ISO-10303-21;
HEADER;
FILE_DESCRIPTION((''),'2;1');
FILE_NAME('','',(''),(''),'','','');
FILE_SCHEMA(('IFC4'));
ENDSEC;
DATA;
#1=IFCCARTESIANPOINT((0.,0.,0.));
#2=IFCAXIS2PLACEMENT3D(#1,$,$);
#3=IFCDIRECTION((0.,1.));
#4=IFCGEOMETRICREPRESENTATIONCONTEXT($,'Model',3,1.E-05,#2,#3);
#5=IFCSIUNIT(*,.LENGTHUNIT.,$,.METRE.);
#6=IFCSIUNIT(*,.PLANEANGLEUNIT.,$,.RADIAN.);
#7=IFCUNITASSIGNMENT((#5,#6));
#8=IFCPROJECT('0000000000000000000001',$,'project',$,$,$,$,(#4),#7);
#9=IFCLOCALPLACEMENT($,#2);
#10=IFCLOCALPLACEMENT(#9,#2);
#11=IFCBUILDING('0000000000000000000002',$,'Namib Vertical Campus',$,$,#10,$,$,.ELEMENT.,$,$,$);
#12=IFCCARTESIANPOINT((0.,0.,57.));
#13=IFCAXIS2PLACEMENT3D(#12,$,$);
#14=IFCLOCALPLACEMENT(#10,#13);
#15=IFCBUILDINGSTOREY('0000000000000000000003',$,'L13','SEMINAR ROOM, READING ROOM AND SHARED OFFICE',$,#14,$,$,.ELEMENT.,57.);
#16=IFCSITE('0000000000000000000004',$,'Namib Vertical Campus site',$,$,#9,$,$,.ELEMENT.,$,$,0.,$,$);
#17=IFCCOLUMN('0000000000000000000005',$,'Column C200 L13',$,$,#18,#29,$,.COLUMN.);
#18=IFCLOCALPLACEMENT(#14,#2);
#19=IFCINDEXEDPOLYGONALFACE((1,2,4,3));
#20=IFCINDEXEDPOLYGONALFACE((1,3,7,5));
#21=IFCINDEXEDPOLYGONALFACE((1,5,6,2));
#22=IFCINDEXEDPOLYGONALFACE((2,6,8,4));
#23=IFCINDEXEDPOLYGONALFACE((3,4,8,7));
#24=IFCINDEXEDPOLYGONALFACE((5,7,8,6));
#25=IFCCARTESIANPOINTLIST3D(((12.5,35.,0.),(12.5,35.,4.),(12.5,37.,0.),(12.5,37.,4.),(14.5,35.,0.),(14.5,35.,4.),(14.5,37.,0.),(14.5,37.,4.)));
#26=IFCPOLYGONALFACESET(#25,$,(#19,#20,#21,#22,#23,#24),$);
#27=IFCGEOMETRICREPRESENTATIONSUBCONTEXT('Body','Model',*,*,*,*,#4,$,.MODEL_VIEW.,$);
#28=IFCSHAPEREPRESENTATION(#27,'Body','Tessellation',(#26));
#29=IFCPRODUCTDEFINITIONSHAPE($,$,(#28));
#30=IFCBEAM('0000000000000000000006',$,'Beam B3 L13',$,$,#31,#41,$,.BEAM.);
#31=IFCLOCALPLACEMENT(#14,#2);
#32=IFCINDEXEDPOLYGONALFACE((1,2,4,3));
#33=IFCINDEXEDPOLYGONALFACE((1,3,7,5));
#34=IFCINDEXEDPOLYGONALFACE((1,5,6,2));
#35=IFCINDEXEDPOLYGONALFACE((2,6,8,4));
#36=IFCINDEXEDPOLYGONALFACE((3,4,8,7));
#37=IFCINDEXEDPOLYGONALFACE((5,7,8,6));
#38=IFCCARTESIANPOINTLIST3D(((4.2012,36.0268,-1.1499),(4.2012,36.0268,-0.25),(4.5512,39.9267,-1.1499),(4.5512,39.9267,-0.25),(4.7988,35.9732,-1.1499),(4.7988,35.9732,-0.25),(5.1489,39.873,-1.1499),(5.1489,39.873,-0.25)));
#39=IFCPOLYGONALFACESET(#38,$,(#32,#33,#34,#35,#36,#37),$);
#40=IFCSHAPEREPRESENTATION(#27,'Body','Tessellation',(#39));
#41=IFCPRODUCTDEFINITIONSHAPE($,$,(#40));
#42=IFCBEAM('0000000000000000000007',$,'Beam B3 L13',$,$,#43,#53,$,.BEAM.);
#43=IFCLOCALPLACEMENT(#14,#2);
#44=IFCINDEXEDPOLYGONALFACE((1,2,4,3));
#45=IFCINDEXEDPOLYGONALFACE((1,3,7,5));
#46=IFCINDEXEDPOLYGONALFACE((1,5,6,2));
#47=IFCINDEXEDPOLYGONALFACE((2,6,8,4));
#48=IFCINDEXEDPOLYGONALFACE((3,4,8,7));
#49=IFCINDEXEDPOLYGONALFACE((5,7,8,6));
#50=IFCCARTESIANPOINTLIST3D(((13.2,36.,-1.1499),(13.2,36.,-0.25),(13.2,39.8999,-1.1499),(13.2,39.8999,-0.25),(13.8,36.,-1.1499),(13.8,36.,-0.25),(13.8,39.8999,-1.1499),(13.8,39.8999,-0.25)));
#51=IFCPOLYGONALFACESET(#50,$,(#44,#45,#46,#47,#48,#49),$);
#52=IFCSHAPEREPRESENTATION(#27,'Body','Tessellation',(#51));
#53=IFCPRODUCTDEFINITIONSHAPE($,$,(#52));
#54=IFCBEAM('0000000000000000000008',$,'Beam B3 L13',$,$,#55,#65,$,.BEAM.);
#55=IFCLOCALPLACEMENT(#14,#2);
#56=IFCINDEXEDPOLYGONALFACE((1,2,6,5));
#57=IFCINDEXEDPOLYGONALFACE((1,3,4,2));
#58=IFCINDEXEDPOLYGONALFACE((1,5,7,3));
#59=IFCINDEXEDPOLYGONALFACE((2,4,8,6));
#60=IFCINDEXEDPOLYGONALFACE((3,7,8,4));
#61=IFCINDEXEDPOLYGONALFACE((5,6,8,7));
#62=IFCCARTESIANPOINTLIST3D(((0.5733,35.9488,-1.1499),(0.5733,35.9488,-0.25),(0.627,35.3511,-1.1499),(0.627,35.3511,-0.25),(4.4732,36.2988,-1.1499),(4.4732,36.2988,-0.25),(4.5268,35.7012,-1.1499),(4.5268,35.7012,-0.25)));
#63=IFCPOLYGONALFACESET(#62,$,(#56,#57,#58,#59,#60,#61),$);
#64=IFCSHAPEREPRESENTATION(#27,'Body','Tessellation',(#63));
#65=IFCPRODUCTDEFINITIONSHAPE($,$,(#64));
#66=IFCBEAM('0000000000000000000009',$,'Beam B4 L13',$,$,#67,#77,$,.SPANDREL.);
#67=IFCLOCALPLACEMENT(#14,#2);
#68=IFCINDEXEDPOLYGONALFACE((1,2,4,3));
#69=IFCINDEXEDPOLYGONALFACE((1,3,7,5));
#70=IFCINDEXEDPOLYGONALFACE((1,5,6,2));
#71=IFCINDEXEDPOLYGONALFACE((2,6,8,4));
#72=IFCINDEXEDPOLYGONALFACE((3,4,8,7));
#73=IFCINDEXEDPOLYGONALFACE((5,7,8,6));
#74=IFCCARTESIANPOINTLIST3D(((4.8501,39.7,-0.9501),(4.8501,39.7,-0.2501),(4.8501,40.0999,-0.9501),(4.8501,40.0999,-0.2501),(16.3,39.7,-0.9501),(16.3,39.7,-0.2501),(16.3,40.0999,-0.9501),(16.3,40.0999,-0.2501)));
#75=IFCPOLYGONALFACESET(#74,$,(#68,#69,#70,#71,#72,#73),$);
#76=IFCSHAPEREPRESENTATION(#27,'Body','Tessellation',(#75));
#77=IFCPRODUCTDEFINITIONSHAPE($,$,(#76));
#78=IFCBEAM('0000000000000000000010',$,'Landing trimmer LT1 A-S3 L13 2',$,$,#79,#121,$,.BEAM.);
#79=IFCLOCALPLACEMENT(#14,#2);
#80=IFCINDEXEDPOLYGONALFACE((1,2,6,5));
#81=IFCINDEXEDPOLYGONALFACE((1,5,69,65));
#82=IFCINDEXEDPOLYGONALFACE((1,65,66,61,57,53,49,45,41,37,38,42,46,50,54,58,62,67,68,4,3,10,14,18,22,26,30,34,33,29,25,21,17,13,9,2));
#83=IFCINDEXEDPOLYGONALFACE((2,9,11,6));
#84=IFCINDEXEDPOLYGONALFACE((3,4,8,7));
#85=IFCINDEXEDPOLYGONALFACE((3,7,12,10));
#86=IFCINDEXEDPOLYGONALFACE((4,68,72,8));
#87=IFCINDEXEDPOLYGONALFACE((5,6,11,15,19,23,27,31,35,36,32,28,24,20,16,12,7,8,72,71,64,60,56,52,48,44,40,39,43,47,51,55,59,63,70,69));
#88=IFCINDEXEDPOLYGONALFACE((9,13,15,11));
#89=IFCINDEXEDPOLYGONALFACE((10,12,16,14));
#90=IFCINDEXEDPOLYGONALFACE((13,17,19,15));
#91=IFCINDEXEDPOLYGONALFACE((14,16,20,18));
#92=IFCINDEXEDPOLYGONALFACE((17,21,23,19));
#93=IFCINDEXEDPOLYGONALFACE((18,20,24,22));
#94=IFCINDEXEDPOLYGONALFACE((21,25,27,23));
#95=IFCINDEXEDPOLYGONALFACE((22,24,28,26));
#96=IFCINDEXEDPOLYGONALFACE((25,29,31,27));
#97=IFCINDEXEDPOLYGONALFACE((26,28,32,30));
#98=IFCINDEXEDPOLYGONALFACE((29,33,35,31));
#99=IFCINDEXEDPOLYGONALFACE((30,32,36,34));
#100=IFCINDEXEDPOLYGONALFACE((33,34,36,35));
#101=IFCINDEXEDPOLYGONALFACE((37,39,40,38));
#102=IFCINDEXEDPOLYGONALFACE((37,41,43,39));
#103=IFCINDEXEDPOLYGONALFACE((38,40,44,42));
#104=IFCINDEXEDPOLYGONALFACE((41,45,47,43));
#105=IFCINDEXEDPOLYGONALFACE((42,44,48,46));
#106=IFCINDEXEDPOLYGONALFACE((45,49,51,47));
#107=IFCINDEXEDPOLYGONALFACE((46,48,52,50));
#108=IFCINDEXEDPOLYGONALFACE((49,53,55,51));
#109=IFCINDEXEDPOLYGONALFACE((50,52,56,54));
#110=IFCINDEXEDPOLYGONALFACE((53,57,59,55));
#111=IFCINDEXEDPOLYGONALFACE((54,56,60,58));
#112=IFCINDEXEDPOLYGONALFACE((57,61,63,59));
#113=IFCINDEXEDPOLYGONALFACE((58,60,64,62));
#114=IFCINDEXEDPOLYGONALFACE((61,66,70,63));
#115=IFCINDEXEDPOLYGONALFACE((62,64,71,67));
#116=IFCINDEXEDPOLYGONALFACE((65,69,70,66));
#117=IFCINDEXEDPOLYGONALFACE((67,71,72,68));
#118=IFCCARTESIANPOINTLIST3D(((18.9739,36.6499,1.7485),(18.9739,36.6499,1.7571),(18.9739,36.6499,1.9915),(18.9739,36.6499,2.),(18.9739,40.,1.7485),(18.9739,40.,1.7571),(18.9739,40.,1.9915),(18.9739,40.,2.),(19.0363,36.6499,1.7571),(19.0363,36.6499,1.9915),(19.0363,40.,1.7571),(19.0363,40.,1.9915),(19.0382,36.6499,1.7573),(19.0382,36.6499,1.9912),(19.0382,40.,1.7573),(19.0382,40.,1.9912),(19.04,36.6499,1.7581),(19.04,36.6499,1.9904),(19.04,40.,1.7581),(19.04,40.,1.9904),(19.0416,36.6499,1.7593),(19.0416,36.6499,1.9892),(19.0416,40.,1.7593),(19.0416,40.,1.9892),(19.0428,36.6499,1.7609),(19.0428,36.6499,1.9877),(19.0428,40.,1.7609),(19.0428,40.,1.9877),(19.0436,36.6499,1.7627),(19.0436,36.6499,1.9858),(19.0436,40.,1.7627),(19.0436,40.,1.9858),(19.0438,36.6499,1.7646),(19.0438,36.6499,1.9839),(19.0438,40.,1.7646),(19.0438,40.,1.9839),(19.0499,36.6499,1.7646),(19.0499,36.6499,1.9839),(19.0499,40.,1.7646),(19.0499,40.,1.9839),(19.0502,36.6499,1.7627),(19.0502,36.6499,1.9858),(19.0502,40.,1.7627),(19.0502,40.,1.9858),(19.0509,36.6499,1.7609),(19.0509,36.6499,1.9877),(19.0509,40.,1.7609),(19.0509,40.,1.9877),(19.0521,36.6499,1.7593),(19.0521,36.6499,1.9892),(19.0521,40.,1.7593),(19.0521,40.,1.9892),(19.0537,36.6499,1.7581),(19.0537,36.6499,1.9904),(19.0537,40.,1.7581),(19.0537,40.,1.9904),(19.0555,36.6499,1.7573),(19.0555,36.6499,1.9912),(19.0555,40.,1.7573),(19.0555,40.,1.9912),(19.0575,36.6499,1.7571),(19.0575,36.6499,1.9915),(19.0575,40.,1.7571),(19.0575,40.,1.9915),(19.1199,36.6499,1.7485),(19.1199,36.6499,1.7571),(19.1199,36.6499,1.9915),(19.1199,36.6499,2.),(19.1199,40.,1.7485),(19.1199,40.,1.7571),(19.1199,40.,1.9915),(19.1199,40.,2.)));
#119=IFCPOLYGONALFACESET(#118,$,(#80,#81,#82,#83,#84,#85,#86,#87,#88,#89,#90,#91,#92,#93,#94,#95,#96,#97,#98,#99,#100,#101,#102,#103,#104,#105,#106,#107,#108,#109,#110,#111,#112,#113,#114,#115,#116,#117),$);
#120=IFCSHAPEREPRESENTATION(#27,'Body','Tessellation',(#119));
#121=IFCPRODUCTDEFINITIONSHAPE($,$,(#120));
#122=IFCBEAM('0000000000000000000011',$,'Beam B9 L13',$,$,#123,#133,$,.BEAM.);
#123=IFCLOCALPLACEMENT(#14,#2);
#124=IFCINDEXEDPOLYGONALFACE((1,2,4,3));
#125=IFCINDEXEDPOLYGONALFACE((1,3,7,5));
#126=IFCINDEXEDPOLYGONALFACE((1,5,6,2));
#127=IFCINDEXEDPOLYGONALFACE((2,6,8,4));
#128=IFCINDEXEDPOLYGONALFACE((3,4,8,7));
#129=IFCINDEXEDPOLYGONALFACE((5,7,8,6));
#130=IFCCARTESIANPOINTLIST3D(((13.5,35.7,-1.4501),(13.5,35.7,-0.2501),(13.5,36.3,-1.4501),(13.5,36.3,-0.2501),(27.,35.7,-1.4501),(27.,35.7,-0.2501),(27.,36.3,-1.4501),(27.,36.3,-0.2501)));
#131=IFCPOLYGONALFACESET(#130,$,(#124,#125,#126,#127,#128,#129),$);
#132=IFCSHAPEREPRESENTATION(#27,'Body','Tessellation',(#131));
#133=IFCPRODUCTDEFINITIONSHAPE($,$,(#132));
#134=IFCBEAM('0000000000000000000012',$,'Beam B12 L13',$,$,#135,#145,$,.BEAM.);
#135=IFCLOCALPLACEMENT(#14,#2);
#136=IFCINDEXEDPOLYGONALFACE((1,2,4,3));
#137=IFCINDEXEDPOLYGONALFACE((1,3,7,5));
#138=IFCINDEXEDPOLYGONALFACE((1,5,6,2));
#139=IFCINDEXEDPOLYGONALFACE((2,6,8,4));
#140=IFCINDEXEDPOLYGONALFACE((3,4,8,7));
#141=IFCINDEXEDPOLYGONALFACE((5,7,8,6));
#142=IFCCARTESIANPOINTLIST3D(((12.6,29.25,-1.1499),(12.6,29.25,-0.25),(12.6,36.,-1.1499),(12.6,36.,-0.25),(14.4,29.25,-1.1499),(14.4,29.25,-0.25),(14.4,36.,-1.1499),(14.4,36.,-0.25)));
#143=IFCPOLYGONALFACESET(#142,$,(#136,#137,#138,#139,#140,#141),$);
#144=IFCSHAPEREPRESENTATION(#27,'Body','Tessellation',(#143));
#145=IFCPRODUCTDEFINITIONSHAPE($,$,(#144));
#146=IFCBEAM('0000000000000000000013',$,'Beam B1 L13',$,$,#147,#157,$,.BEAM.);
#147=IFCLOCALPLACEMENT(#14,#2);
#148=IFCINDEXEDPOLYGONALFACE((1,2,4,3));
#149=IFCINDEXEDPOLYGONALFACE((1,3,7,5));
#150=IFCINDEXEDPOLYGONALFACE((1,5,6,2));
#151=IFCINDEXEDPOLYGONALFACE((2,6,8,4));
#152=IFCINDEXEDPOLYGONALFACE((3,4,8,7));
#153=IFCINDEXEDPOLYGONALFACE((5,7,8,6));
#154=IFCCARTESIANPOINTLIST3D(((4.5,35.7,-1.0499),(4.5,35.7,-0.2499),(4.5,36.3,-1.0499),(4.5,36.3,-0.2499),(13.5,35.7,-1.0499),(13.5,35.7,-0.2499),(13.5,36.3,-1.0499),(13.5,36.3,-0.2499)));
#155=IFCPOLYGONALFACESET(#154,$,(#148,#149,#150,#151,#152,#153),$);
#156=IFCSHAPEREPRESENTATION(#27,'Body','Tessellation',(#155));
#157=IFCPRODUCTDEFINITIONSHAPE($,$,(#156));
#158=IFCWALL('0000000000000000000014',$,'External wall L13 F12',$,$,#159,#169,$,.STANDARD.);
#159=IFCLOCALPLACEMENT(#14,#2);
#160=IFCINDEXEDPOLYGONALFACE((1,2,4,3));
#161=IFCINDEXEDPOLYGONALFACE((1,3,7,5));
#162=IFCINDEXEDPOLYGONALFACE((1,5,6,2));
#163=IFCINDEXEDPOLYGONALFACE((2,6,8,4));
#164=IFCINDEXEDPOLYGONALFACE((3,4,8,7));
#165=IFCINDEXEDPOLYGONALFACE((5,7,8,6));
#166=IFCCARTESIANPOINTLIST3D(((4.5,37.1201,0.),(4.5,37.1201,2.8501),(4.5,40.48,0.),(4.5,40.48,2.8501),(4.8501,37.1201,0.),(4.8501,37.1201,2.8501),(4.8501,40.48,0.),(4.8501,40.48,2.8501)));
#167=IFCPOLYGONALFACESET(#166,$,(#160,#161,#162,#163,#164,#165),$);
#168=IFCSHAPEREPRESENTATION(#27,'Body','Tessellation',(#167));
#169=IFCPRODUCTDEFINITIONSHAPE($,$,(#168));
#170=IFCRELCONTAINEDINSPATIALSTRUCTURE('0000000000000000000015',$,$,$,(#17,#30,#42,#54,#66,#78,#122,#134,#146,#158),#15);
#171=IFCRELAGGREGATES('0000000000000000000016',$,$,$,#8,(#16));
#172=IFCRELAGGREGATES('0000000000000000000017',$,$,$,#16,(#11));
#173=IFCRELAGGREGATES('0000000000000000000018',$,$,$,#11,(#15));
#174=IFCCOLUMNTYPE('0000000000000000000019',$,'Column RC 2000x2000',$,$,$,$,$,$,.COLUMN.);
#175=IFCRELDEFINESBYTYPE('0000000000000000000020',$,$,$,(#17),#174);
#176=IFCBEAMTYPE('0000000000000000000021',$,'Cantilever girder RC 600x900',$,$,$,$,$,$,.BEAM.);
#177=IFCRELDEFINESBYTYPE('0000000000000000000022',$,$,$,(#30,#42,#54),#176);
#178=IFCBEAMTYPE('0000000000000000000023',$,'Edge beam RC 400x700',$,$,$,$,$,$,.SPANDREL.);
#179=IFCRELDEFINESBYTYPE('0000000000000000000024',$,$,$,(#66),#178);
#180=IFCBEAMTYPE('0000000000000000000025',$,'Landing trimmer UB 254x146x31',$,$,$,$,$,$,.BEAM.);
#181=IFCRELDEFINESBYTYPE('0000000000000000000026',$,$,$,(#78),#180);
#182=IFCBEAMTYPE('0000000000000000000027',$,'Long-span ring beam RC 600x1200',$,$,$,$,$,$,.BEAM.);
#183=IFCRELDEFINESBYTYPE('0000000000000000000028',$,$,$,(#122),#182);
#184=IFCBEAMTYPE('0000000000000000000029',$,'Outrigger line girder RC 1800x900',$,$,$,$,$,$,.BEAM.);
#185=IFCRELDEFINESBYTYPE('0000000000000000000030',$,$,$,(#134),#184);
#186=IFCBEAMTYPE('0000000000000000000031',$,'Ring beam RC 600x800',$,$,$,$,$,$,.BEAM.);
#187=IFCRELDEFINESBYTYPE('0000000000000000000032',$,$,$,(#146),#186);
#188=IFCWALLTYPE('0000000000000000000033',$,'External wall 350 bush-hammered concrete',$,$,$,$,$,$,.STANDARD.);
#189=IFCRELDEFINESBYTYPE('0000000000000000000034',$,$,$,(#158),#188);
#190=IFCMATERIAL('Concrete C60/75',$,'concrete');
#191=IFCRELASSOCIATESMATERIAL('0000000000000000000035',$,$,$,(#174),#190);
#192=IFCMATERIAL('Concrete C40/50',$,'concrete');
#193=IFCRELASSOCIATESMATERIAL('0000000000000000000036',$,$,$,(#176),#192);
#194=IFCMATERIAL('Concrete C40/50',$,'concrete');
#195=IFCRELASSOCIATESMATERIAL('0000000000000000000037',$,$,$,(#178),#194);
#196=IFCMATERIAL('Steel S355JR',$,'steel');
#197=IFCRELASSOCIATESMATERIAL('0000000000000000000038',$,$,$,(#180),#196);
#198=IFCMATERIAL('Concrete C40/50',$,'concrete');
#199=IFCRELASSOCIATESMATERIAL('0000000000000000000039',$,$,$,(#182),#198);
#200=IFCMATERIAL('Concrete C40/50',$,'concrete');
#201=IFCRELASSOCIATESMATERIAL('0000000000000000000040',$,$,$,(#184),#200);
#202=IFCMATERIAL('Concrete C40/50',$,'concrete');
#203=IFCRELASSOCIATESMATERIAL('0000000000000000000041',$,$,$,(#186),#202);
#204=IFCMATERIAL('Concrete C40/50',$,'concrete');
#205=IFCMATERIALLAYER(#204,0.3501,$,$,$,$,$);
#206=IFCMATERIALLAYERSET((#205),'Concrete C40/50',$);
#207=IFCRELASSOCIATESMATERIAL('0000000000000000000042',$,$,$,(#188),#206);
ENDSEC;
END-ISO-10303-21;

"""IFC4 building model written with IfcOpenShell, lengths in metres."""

from ifc_helpers import new_model, si_unit, direction, frame, frame_2d, origin, origin_2d, place, context, subcontext, project, spatial, rectangle, i_section, extrude, material, layer, layer_set, material_profile, profile_set, type_object, element, save


model = new_model("IFC4")

# Units and contexts
model_context = context("Model", 3, precision=1e-05, world=origin(), true_north=direction((0.0, 1.0)))
body_context = subcontext(model_context, "Body", "Model", "MODEL_VIEW")
ifc_project = project(units=[si_unit("LENGTHUNIT", "METRE"), si_unit("PLANEANGLEUNIT", "RADIAN")], contexts=[model_context])

# Site, building, storey
site_placement = place(None, origin())
site = spatial("IfcSite", under=ifc_project, at=site_placement, Name="Namib Vertical Campus site", CompositionType="ELEMENT", RefElevation=0.0)
building_placement = place(site_placement, origin())
building = spatial("IfcBuilding", under=site, at=building_placement, Name="Namib Vertical Campus", CompositionType="ELEMENT")
storey_placement = place(building_placement, frame((0.0, 0.0, 57.0)))
storey = spatial("IfcBuildingStorey", under=building, at=storey_placement, Name="L13", Description="SEMINAR ROOM, READING ROOM AND SHARED OFFICE", CompositionType="ELEMENT", Elevation=57.0)

# Column
ifc_material_1 = material(Name="Concrete C60/75", Category="concrete")
ifc_material_profile_1 = material_profile(ifc_material_1, rectangle(XDim=2.0, YDim=2.0, at=origin_2d()))
ifc_profile_set_1 = profile_set([ifc_material_profile_1], Name="Concrete C60/75")
column_type = type_object("IfcColumnType", Name="Column RC 2000x2000", PredefinedType="COLUMN", material=ifc_profile_set_1)
column_placement = place(storey_placement, frame((13.5, 36.0, 0.0), z_axis=(0.0, 0.0, 1.0), x_axis=(1.0, 0.0, 0.0)))
element("IfcColumn", 1, at=column_placement, inside=storey, type_object=column_type, Name="Column C200 L13", PredefinedType="COLUMN", context=body_context, shape_type="SweptSolid", body=[
    extrude(rectangle(XDim=2.0, YDim=2.0, at=origin_2d()), origin(), (0.0, 0.0, 1.0), 4.0),
])

# Beams
ifc_material_2 = material(Name="Concrete C40/50", Category="concrete")
ifc_material_profile_2 = material_profile(ifc_material_2, rectangle(XDim=0.6001, YDim=0.8999, at=origin_2d()))
ifc_profile_set_2 = profile_set([ifc_material_profile_2], Name="Concrete C40/50")
beam_type_1 = type_object("IfcBeamType", Name="Cantilever girder RC 600x900", PredefinedType="BEAM", material=ifc_profile_set_2)
beam_1_placement = place(storey_placement, frame((4.5, 36.0, -0.7), z_axis=(0.089411, 0.995995, 0.0), x_axis=(-0.995995, 0.089411, 0.0)))
element("IfcBeam", 2, at=beam_1_placement, inside=storey, type_object=beam_type_1, Name="Beam B3 L13", PredefinedType="BEAM", context=body_context, shape_type="SweptSolid", body=[
    extrude(rectangle(XDim=0.6001, YDim=0.8999, at=origin_2d()), origin(), (0.0, 0.0, 1.0), 3.9155),
])
beam_2_placement = place(storey_placement, frame((13.5, 36.0, -0.7), z_axis=(0.0, 1.0, 0.0), x_axis=(-1.0, 0.0, 0.0)))
element("IfcBeam", 3, at=beam_2_placement, inside=storey, type_object=beam_type_1, Name="Beam B3 L13", PredefinedType="BEAM", context=body_context, shape_type="SweptSolid", body=[
    extrude(rectangle(XDim=0.6001, YDim=0.8999, at=origin_2d()), origin(), (0.0, 0.0, 1.0), 3.8999),
])
beam_3_placement = place(storey_placement, frame((4.5, 36.0, -0.7), z_axis=(-0.995995, -0.089411, 0.0), x_axis=(0.089411, -0.995995, 0.0)))
element("IfcBeam", 4, at=beam_3_placement, inside=storey, type_object=beam_type_1, Name="Beam B3 L13", PredefinedType="BEAM", context=body_context, shape_type="SweptSolid", body=[
    extrude(rectangle(XDim=0.6001, YDim=0.8999, at=origin_2d()), origin(), (0.0, 0.0, 1.0), 3.9155),
])
ifc_material_3 = material(Name="Concrete C40/50", Category="concrete")
ifc_material_profile_3 = material_profile(ifc_material_3, rectangle(XDim=0.3999, YDim=0.7, at=origin_2d()))
ifc_profile_set_3 = profile_set([ifc_material_profile_3], Name="Concrete C40/50")
beam_type_2 = type_object("IfcBeamType", Name="Edge beam RC 400x700", PredefinedType="SPANDREL", material=ifc_profile_set_3)
beam_4_placement = place(storey_placement, frame((4.8501, 39.8999, -0.6001), z_axis=(1.0, 0.0, 0.0), x_axis=(0.0, 1.0, 0.0)))
element("IfcBeam", 5, at=beam_4_placement, inside=storey, type_object=beam_type_2, Name="Beam B4 L13", PredefinedType="SPANDREL", context=body_context, shape_type="SweptSolid", body=[
    extrude(rectangle(XDim=0.3999, YDim=0.7, at=origin_2d()), origin(), (0.0, 0.0, 1.0), 11.45),
])
ifc_material_4 = material(Name="Steel S355JR", Category="steel")
ifc_material_profile_4 = material_profile(ifc_material_4, i_section(OverallWidth=0.146, OverallDepth=0.2515, WebThickness=0.0061, FlangeThickness=0.0085, FilletRadius=0.0076, at=origin_2d()))
ifc_profile_set_4 = profile_set([ifc_material_profile_4], Name="Steel S355JR")
beam_type_3 = type_object("IfcBeamType", Name="Landing trimmer UB 254x146x31", PredefinedType="BEAM", material=ifc_profile_set_4)
beam_5_placement = place(storey_placement, frame((19.0469, 36.6499, 1.8743), z_axis=(0.0, 1.0, 0.0), x_axis=(-1.0, 0.0, 0.0)))
element("IfcBeam", 6, at=beam_5_placement, inside=storey, type_object=beam_type_3, Name="Landing trimmer LT1 A-S3 L13 2", PredefinedType="BEAM", context=body_context, shape_type="SweptSolid", body=[
    extrude(i_section(OverallWidth=0.146, OverallDepth=0.2515, WebThickness=0.0061, FlangeThickness=0.0085, FilletRadius=0.0076, at=origin_2d()), origin(), (0.0, 0.0, 1.0), 3.3501),
])
ifc_material_5 = material(Name="Concrete C40/50", Category="concrete")
ifc_material_profile_5 = material_profile(ifc_material_5, rectangle(XDim=0.6001, YDim=1.2, at=origin_2d()))
ifc_profile_set_5 = profile_set([ifc_material_profile_5], Name="Concrete C40/50")
beam_type_4 = type_object("IfcBeamType", Name="Long-span ring beam RC 600x1200", PredefinedType="BEAM", material=ifc_profile_set_5)
beam_6_placement = place(storey_placement, frame((13.5, 36.0, -0.8501), z_axis=(1.0, 0.0, 0.0), x_axis=(0.0, 1.0, 0.0)))
element("IfcBeam", 7, at=beam_6_placement, inside=storey, type_object=beam_type_4, Name="Beam B9 L13", PredefinedType="BEAM", context=body_context, shape_type="SweptSolid", body=[
    extrude(rectangle(XDim=0.6001, YDim=1.2, at=origin_2d()), origin(), (0.0, 0.0, 1.0), 13.5),
])
ifc_material_6 = material(Name="Concrete C40/50", Category="concrete")
ifc_material_profile_6 = material_profile(ifc_material_6, rectangle(XDim=1.8, YDim=0.8999, at=origin_2d()))
ifc_profile_set_6 = profile_set([ifc_material_profile_6], Name="Concrete C40/50")
beam_type_5 = type_object("IfcBeamType", Name="Outrigger line girder RC 1800x900", PredefinedType="BEAM", material=ifc_profile_set_6)
beam_7_placement = place(storey_placement, frame((13.5, 36.0, -0.7), z_axis=(0.0, -1.0, 0.0), x_axis=(1.0, 0.0, 0.0)))
element("IfcBeam", 8, at=beam_7_placement, inside=storey, type_object=beam_type_5, Name="Beam B12 L13", PredefinedType="BEAM", context=body_context, shape_type="SweptSolid", body=[
    extrude(rectangle(XDim=1.8, YDim=0.8999, at=origin_2d()), origin(), (0.0, 0.0, 1.0), 6.75),
])
ifc_material_7 = material(Name="Concrete C40/50", Category="concrete")
ifc_material_profile_7 = material_profile(ifc_material_7, rectangle(XDim=0.6001, YDim=0.8, at=origin_2d()))
ifc_profile_set_7 = profile_set([ifc_material_profile_7], Name="Concrete C40/50")
beam_type_6 = type_object("IfcBeamType", Name="Ring beam RC 600x800", PredefinedType="BEAM", material=ifc_profile_set_7)
beam_8_placement = place(storey_placement, frame((4.5, 36.0, -0.6499), z_axis=(1.0, 0.0, 0.0), x_axis=(0.0, 1.0, 0.0)))
element("IfcBeam", 9, at=beam_8_placement, inside=storey, type_object=beam_type_6, Name="Beam B1 L13", PredefinedType="BEAM", context=body_context, shape_type="SweptSolid", body=[
    extrude(rectangle(XDim=0.6001, YDim=0.8, at=origin_2d()), origin(), (0.0, 0.0, 1.0), 9.0),
])

# Wall
ifc_material_8 = material(Name="Concrete C40/50", Category="concrete")
ifc_layer_1 = layer(ifc_material_8, 0.3501)
ifc_layer_set_1 = layer_set([ifc_layer_1], Name="Concrete C40/50")
wall_type_1 = type_object("IfcWallType", Name="External wall 350 bush-hammered concrete", PredefinedType="STANDARD", material=ifc_layer_set_1)
wall_1_placement = place(storey_placement, frame((4.675, 40.48, 0.0), z_axis=(0.0, 0.0, 1.0), x_axis=(0.0, -1.0, 0.0)))
element("IfcWall", 10, at=wall_1_placement, inside=storey, type_object=wall_type_1, Name="External wall L13 F12", PredefinedType="STANDARD", context=body_context, shape_type="SweptSolid", body=[
    extrude(rectangle(XDim=3.3599, YDim=0.3501, at=frame_2d((1.6799, 0.0))), origin(), (0.0, 0.0, 1.0), 2.8501),
])

save(model, "model.ifc")
